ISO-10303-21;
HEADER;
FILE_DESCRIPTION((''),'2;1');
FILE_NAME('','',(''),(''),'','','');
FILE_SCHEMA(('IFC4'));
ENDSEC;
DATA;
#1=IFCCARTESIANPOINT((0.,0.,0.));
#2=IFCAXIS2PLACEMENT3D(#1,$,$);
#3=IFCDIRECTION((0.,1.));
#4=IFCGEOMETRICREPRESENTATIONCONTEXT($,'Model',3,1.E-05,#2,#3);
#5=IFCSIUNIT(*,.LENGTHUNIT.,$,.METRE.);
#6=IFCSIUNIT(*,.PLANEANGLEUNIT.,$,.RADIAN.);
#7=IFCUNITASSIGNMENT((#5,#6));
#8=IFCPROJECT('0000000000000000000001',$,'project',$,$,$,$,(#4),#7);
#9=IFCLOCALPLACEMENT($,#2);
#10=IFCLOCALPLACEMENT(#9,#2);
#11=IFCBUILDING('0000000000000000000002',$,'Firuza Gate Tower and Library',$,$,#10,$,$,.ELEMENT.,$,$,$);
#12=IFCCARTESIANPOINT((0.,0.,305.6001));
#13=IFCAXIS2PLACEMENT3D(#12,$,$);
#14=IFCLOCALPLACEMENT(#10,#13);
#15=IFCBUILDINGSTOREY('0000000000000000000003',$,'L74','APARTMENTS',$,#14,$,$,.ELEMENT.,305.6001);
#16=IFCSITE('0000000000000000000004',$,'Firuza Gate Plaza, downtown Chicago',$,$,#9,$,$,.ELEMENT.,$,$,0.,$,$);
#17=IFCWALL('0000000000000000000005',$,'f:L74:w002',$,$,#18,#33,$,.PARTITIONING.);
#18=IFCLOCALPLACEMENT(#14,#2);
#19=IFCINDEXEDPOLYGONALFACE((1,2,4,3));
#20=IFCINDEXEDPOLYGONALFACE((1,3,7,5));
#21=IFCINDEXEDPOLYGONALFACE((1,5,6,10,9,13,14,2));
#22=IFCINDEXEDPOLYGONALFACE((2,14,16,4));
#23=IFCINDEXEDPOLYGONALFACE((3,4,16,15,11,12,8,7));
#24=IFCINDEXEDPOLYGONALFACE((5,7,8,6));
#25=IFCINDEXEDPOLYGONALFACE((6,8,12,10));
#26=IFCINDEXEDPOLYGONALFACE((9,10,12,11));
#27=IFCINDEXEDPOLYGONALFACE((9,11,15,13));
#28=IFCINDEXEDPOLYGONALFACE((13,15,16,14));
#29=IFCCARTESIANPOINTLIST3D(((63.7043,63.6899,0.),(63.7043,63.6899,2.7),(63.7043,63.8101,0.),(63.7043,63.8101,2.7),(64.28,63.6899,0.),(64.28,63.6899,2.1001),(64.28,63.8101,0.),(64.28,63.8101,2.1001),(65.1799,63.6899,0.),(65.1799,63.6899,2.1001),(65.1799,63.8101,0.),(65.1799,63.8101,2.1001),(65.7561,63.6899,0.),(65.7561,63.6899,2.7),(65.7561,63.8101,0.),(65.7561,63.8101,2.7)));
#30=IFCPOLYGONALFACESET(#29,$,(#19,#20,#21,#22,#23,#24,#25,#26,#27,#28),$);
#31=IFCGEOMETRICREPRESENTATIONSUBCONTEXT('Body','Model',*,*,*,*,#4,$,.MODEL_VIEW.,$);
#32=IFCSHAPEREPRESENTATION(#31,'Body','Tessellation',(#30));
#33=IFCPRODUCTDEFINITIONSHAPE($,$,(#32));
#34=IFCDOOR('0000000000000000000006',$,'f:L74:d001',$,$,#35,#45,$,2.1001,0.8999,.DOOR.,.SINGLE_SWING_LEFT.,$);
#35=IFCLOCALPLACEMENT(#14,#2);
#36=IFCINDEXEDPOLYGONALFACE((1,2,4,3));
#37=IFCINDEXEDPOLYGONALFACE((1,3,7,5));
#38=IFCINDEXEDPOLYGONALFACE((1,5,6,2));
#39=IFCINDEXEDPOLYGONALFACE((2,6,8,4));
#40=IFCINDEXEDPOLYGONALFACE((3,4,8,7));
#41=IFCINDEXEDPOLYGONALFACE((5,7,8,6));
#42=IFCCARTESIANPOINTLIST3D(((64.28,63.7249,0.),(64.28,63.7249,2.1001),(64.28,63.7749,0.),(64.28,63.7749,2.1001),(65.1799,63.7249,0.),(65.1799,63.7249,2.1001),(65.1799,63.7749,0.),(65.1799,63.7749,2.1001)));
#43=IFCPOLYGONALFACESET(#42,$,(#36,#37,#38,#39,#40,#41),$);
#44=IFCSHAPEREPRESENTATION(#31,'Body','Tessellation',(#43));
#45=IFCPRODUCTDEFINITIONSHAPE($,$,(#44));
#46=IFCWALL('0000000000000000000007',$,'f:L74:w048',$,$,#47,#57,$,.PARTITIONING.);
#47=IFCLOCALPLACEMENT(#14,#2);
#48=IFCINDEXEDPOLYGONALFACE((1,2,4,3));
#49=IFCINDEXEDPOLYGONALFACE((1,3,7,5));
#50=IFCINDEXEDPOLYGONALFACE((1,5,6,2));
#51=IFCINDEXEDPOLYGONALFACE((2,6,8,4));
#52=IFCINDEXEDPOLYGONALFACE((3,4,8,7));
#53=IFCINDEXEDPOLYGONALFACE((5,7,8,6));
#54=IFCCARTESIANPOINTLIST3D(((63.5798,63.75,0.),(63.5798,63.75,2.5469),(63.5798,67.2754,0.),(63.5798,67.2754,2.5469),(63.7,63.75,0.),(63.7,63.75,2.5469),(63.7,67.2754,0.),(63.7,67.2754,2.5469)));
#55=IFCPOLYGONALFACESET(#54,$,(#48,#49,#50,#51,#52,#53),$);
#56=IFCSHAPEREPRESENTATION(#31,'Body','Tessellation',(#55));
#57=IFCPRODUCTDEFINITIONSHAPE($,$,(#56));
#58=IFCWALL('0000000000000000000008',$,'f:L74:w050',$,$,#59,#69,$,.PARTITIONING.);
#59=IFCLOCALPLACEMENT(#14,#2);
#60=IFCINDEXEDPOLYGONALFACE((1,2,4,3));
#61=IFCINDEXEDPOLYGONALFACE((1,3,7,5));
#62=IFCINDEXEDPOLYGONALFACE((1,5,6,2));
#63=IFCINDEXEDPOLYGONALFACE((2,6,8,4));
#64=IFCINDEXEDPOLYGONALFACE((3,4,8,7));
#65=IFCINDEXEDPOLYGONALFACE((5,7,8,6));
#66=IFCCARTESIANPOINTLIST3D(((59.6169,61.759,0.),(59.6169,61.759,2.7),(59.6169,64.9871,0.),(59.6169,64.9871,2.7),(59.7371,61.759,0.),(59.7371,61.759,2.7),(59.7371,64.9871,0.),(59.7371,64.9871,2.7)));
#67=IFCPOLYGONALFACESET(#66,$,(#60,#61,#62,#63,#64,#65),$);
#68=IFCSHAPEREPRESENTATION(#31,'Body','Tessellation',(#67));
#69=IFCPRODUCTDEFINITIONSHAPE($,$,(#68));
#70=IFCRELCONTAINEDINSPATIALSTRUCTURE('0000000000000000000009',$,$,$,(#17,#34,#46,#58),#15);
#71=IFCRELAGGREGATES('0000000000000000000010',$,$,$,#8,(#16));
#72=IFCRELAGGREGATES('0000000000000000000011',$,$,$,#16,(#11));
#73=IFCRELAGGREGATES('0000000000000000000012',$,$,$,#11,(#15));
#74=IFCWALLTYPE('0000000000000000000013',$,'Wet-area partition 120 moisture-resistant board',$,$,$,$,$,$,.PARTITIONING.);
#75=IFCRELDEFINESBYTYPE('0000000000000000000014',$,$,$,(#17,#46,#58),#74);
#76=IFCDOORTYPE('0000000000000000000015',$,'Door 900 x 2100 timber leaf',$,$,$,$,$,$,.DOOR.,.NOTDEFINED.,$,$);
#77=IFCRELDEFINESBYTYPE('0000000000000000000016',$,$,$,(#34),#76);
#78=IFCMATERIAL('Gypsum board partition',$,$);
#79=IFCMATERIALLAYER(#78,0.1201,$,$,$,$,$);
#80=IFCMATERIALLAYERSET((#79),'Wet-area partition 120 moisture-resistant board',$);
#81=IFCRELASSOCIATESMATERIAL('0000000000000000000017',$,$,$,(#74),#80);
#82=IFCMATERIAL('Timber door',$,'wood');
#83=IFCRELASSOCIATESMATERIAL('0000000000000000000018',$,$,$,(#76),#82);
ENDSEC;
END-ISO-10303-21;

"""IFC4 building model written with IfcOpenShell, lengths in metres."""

from ifc_helpers import new_model, si_unit, direction, frame, frame_2d, origin, place, context, subcontext, project, spatial, rectangle, extrude, material, layer, layer_set, type_object, element, fill, save


model = new_model("IFC4")

# Units and contexts
model_context = context("Model", 3, precision=1e-05, world=origin(), true_north=direction((0.0, 1.0)))
body_context = subcontext(model_context, "Body", "Model", "MODEL_VIEW")
ifc_project = project(units=[si_unit("LENGTHUNIT", "METRE"), si_unit("PLANEANGLEUNIT", "RADIAN")], contexts=[model_context])

# Site, building, storey
site_placement = place(None, origin())
site = spatial("IfcSite", under=ifc_project, at=site_placement, Name="Firuza Gate Plaza, downtown Chicago", CompositionType="ELEMENT", RefElevation=0.0)
building_placement = place(site_placement, origin())
building = spatial("IfcBuilding", under=site, at=building_placement, Name="Firuza Gate Tower and Library", CompositionType="ELEMENT")
storey_placement = place(building_placement, frame((0.0, 0.0, 305.6001)))
storey = spatial("IfcBuildingStorey", under=building, at=storey_placement, Name="L74", Description="APARTMENTS", CompositionType="ELEMENT", Elevation=305.6001)

# Wall, opening, door
ifc_material_1 = material(Name="Gypsum board partition")
ifc_layer_1 = layer(ifc_material_1, 0.1201)
ifc_layer_set_1 = layer_set([ifc_layer_1], Name="Wet-area partition 120 moisture-resistant board")
wall_type_1 = type_object("IfcWallType", Name="Wet-area partition 120 moisture-resistant board", PredefinedType="PARTITIONING", material=ifc_layer_set_1)
wall_1_placement = place(storey_placement, frame((63.7043, 63.75, 0.0), z_axis=(0.0, 0.0, 1.0), x_axis=(1.0, 0.0, 0.0)))
wall_1 = element("IfcWall", 1, at=wall_1_placement, inside=storey, type_object=wall_type_1, Name="f:L74:w002", PredefinedType="PARTITIONING", context=body_context, shape_type="SweptSolid", body=[
    extrude(rectangle(XDim=2.0518, YDim=0.1201, at=frame_2d((1.0259, 0.0))), origin(), (0.0, 0.0, 1.0), 2.7),
])
opening_1_placement = place(wall_1_placement, frame((0.5757, 0.0, 0.0)))
opening_1 = element("IfcOpeningElement", 2, at=opening_1_placement, cuts=wall_1, PredefinedType="OPENING", context=body_context, shape_type="SweptSolid", body=[
    extrude(rectangle(XDim=0.8999, YDim=2.1001, at=frame_2d((0.45, 1.05))), frame((0.0, 0.0701, 0.0), z_axis=(0.0, -1.0, 0.0), x_axis=(1.0, 0.0, 0.0)), (0.0, 0.0, 1.0), 0.1401),
])
ifc_material_2 = material(Name="Timber door", Category="wood")
door_type_1 = type_object("IfcDoorType", Name="Door 900 x 2100 timber leaf", OperationType="NOTDEFINED", PredefinedType="DOOR", material=ifc_material_2)
door_1_placement = place(opening_1_placement, origin())
door_1 = element("IfcDoor", 3, at=door_1_placement, inside=storey, type_object=door_type_1, Name="f:L74:d001", OperationType="SINGLE_SWING_LEFT", OverallHeight=2.1001, OverallWidth=0.8999, PredefinedType="DOOR", context=body_context, shape_type="SweptSolid", body=[
    extrude(rectangle(XDim=0.8999, YDim=2.1001, at=frame_2d((0.45, 1.05))), frame((0.0, 0.0249, 0.0), z_axis=(0.0, -1.0, 0.0), x_axis=(1.0, 0.0, 0.0)), (0.0, 0.0, 1.0), 0.05),
])
fill(opening_1, door_1)

# Walls
wall_2_placement = place(storey_placement, frame((63.6399, 63.75, 0.0), z_axis=(0.0, 0.0, 1.0), x_axis=(0.0, 1.0, 0.0)))
element("IfcWall", 4, at=wall_2_placement, inside=storey, type_object=wall_type_1, Name="f:L74:w048", PredefinedType="PARTITIONING", context=body_context, shape_type="SweptSolid", body=[
    extrude(rectangle(XDim=3.5254, YDim=0.1201, at=frame_2d((1.7627, 0.0))), origin(), (0.0, 0.0, 1.0), 2.5469),
])
wall_3_placement = place(storey_placement, frame((59.677, 61.759, 0.0), z_axis=(0.0, 0.0, 1.0), x_axis=(0.0, 1.0, 0.0)))
element("IfcWall", 5, at=wall_3_placement, inside=storey, type_object=wall_type_1, Name="f:L74:w050", PredefinedType="PARTITIONING", context=body_context, shape_type="SweptSolid", body=[
    extrude(rectangle(XDim=3.228, YDim=0.1201, at=frame_2d((1.614, 0.0))), origin(), (0.0, 0.0, 1.0), 2.7),
])

save(model, "model.ifc")
